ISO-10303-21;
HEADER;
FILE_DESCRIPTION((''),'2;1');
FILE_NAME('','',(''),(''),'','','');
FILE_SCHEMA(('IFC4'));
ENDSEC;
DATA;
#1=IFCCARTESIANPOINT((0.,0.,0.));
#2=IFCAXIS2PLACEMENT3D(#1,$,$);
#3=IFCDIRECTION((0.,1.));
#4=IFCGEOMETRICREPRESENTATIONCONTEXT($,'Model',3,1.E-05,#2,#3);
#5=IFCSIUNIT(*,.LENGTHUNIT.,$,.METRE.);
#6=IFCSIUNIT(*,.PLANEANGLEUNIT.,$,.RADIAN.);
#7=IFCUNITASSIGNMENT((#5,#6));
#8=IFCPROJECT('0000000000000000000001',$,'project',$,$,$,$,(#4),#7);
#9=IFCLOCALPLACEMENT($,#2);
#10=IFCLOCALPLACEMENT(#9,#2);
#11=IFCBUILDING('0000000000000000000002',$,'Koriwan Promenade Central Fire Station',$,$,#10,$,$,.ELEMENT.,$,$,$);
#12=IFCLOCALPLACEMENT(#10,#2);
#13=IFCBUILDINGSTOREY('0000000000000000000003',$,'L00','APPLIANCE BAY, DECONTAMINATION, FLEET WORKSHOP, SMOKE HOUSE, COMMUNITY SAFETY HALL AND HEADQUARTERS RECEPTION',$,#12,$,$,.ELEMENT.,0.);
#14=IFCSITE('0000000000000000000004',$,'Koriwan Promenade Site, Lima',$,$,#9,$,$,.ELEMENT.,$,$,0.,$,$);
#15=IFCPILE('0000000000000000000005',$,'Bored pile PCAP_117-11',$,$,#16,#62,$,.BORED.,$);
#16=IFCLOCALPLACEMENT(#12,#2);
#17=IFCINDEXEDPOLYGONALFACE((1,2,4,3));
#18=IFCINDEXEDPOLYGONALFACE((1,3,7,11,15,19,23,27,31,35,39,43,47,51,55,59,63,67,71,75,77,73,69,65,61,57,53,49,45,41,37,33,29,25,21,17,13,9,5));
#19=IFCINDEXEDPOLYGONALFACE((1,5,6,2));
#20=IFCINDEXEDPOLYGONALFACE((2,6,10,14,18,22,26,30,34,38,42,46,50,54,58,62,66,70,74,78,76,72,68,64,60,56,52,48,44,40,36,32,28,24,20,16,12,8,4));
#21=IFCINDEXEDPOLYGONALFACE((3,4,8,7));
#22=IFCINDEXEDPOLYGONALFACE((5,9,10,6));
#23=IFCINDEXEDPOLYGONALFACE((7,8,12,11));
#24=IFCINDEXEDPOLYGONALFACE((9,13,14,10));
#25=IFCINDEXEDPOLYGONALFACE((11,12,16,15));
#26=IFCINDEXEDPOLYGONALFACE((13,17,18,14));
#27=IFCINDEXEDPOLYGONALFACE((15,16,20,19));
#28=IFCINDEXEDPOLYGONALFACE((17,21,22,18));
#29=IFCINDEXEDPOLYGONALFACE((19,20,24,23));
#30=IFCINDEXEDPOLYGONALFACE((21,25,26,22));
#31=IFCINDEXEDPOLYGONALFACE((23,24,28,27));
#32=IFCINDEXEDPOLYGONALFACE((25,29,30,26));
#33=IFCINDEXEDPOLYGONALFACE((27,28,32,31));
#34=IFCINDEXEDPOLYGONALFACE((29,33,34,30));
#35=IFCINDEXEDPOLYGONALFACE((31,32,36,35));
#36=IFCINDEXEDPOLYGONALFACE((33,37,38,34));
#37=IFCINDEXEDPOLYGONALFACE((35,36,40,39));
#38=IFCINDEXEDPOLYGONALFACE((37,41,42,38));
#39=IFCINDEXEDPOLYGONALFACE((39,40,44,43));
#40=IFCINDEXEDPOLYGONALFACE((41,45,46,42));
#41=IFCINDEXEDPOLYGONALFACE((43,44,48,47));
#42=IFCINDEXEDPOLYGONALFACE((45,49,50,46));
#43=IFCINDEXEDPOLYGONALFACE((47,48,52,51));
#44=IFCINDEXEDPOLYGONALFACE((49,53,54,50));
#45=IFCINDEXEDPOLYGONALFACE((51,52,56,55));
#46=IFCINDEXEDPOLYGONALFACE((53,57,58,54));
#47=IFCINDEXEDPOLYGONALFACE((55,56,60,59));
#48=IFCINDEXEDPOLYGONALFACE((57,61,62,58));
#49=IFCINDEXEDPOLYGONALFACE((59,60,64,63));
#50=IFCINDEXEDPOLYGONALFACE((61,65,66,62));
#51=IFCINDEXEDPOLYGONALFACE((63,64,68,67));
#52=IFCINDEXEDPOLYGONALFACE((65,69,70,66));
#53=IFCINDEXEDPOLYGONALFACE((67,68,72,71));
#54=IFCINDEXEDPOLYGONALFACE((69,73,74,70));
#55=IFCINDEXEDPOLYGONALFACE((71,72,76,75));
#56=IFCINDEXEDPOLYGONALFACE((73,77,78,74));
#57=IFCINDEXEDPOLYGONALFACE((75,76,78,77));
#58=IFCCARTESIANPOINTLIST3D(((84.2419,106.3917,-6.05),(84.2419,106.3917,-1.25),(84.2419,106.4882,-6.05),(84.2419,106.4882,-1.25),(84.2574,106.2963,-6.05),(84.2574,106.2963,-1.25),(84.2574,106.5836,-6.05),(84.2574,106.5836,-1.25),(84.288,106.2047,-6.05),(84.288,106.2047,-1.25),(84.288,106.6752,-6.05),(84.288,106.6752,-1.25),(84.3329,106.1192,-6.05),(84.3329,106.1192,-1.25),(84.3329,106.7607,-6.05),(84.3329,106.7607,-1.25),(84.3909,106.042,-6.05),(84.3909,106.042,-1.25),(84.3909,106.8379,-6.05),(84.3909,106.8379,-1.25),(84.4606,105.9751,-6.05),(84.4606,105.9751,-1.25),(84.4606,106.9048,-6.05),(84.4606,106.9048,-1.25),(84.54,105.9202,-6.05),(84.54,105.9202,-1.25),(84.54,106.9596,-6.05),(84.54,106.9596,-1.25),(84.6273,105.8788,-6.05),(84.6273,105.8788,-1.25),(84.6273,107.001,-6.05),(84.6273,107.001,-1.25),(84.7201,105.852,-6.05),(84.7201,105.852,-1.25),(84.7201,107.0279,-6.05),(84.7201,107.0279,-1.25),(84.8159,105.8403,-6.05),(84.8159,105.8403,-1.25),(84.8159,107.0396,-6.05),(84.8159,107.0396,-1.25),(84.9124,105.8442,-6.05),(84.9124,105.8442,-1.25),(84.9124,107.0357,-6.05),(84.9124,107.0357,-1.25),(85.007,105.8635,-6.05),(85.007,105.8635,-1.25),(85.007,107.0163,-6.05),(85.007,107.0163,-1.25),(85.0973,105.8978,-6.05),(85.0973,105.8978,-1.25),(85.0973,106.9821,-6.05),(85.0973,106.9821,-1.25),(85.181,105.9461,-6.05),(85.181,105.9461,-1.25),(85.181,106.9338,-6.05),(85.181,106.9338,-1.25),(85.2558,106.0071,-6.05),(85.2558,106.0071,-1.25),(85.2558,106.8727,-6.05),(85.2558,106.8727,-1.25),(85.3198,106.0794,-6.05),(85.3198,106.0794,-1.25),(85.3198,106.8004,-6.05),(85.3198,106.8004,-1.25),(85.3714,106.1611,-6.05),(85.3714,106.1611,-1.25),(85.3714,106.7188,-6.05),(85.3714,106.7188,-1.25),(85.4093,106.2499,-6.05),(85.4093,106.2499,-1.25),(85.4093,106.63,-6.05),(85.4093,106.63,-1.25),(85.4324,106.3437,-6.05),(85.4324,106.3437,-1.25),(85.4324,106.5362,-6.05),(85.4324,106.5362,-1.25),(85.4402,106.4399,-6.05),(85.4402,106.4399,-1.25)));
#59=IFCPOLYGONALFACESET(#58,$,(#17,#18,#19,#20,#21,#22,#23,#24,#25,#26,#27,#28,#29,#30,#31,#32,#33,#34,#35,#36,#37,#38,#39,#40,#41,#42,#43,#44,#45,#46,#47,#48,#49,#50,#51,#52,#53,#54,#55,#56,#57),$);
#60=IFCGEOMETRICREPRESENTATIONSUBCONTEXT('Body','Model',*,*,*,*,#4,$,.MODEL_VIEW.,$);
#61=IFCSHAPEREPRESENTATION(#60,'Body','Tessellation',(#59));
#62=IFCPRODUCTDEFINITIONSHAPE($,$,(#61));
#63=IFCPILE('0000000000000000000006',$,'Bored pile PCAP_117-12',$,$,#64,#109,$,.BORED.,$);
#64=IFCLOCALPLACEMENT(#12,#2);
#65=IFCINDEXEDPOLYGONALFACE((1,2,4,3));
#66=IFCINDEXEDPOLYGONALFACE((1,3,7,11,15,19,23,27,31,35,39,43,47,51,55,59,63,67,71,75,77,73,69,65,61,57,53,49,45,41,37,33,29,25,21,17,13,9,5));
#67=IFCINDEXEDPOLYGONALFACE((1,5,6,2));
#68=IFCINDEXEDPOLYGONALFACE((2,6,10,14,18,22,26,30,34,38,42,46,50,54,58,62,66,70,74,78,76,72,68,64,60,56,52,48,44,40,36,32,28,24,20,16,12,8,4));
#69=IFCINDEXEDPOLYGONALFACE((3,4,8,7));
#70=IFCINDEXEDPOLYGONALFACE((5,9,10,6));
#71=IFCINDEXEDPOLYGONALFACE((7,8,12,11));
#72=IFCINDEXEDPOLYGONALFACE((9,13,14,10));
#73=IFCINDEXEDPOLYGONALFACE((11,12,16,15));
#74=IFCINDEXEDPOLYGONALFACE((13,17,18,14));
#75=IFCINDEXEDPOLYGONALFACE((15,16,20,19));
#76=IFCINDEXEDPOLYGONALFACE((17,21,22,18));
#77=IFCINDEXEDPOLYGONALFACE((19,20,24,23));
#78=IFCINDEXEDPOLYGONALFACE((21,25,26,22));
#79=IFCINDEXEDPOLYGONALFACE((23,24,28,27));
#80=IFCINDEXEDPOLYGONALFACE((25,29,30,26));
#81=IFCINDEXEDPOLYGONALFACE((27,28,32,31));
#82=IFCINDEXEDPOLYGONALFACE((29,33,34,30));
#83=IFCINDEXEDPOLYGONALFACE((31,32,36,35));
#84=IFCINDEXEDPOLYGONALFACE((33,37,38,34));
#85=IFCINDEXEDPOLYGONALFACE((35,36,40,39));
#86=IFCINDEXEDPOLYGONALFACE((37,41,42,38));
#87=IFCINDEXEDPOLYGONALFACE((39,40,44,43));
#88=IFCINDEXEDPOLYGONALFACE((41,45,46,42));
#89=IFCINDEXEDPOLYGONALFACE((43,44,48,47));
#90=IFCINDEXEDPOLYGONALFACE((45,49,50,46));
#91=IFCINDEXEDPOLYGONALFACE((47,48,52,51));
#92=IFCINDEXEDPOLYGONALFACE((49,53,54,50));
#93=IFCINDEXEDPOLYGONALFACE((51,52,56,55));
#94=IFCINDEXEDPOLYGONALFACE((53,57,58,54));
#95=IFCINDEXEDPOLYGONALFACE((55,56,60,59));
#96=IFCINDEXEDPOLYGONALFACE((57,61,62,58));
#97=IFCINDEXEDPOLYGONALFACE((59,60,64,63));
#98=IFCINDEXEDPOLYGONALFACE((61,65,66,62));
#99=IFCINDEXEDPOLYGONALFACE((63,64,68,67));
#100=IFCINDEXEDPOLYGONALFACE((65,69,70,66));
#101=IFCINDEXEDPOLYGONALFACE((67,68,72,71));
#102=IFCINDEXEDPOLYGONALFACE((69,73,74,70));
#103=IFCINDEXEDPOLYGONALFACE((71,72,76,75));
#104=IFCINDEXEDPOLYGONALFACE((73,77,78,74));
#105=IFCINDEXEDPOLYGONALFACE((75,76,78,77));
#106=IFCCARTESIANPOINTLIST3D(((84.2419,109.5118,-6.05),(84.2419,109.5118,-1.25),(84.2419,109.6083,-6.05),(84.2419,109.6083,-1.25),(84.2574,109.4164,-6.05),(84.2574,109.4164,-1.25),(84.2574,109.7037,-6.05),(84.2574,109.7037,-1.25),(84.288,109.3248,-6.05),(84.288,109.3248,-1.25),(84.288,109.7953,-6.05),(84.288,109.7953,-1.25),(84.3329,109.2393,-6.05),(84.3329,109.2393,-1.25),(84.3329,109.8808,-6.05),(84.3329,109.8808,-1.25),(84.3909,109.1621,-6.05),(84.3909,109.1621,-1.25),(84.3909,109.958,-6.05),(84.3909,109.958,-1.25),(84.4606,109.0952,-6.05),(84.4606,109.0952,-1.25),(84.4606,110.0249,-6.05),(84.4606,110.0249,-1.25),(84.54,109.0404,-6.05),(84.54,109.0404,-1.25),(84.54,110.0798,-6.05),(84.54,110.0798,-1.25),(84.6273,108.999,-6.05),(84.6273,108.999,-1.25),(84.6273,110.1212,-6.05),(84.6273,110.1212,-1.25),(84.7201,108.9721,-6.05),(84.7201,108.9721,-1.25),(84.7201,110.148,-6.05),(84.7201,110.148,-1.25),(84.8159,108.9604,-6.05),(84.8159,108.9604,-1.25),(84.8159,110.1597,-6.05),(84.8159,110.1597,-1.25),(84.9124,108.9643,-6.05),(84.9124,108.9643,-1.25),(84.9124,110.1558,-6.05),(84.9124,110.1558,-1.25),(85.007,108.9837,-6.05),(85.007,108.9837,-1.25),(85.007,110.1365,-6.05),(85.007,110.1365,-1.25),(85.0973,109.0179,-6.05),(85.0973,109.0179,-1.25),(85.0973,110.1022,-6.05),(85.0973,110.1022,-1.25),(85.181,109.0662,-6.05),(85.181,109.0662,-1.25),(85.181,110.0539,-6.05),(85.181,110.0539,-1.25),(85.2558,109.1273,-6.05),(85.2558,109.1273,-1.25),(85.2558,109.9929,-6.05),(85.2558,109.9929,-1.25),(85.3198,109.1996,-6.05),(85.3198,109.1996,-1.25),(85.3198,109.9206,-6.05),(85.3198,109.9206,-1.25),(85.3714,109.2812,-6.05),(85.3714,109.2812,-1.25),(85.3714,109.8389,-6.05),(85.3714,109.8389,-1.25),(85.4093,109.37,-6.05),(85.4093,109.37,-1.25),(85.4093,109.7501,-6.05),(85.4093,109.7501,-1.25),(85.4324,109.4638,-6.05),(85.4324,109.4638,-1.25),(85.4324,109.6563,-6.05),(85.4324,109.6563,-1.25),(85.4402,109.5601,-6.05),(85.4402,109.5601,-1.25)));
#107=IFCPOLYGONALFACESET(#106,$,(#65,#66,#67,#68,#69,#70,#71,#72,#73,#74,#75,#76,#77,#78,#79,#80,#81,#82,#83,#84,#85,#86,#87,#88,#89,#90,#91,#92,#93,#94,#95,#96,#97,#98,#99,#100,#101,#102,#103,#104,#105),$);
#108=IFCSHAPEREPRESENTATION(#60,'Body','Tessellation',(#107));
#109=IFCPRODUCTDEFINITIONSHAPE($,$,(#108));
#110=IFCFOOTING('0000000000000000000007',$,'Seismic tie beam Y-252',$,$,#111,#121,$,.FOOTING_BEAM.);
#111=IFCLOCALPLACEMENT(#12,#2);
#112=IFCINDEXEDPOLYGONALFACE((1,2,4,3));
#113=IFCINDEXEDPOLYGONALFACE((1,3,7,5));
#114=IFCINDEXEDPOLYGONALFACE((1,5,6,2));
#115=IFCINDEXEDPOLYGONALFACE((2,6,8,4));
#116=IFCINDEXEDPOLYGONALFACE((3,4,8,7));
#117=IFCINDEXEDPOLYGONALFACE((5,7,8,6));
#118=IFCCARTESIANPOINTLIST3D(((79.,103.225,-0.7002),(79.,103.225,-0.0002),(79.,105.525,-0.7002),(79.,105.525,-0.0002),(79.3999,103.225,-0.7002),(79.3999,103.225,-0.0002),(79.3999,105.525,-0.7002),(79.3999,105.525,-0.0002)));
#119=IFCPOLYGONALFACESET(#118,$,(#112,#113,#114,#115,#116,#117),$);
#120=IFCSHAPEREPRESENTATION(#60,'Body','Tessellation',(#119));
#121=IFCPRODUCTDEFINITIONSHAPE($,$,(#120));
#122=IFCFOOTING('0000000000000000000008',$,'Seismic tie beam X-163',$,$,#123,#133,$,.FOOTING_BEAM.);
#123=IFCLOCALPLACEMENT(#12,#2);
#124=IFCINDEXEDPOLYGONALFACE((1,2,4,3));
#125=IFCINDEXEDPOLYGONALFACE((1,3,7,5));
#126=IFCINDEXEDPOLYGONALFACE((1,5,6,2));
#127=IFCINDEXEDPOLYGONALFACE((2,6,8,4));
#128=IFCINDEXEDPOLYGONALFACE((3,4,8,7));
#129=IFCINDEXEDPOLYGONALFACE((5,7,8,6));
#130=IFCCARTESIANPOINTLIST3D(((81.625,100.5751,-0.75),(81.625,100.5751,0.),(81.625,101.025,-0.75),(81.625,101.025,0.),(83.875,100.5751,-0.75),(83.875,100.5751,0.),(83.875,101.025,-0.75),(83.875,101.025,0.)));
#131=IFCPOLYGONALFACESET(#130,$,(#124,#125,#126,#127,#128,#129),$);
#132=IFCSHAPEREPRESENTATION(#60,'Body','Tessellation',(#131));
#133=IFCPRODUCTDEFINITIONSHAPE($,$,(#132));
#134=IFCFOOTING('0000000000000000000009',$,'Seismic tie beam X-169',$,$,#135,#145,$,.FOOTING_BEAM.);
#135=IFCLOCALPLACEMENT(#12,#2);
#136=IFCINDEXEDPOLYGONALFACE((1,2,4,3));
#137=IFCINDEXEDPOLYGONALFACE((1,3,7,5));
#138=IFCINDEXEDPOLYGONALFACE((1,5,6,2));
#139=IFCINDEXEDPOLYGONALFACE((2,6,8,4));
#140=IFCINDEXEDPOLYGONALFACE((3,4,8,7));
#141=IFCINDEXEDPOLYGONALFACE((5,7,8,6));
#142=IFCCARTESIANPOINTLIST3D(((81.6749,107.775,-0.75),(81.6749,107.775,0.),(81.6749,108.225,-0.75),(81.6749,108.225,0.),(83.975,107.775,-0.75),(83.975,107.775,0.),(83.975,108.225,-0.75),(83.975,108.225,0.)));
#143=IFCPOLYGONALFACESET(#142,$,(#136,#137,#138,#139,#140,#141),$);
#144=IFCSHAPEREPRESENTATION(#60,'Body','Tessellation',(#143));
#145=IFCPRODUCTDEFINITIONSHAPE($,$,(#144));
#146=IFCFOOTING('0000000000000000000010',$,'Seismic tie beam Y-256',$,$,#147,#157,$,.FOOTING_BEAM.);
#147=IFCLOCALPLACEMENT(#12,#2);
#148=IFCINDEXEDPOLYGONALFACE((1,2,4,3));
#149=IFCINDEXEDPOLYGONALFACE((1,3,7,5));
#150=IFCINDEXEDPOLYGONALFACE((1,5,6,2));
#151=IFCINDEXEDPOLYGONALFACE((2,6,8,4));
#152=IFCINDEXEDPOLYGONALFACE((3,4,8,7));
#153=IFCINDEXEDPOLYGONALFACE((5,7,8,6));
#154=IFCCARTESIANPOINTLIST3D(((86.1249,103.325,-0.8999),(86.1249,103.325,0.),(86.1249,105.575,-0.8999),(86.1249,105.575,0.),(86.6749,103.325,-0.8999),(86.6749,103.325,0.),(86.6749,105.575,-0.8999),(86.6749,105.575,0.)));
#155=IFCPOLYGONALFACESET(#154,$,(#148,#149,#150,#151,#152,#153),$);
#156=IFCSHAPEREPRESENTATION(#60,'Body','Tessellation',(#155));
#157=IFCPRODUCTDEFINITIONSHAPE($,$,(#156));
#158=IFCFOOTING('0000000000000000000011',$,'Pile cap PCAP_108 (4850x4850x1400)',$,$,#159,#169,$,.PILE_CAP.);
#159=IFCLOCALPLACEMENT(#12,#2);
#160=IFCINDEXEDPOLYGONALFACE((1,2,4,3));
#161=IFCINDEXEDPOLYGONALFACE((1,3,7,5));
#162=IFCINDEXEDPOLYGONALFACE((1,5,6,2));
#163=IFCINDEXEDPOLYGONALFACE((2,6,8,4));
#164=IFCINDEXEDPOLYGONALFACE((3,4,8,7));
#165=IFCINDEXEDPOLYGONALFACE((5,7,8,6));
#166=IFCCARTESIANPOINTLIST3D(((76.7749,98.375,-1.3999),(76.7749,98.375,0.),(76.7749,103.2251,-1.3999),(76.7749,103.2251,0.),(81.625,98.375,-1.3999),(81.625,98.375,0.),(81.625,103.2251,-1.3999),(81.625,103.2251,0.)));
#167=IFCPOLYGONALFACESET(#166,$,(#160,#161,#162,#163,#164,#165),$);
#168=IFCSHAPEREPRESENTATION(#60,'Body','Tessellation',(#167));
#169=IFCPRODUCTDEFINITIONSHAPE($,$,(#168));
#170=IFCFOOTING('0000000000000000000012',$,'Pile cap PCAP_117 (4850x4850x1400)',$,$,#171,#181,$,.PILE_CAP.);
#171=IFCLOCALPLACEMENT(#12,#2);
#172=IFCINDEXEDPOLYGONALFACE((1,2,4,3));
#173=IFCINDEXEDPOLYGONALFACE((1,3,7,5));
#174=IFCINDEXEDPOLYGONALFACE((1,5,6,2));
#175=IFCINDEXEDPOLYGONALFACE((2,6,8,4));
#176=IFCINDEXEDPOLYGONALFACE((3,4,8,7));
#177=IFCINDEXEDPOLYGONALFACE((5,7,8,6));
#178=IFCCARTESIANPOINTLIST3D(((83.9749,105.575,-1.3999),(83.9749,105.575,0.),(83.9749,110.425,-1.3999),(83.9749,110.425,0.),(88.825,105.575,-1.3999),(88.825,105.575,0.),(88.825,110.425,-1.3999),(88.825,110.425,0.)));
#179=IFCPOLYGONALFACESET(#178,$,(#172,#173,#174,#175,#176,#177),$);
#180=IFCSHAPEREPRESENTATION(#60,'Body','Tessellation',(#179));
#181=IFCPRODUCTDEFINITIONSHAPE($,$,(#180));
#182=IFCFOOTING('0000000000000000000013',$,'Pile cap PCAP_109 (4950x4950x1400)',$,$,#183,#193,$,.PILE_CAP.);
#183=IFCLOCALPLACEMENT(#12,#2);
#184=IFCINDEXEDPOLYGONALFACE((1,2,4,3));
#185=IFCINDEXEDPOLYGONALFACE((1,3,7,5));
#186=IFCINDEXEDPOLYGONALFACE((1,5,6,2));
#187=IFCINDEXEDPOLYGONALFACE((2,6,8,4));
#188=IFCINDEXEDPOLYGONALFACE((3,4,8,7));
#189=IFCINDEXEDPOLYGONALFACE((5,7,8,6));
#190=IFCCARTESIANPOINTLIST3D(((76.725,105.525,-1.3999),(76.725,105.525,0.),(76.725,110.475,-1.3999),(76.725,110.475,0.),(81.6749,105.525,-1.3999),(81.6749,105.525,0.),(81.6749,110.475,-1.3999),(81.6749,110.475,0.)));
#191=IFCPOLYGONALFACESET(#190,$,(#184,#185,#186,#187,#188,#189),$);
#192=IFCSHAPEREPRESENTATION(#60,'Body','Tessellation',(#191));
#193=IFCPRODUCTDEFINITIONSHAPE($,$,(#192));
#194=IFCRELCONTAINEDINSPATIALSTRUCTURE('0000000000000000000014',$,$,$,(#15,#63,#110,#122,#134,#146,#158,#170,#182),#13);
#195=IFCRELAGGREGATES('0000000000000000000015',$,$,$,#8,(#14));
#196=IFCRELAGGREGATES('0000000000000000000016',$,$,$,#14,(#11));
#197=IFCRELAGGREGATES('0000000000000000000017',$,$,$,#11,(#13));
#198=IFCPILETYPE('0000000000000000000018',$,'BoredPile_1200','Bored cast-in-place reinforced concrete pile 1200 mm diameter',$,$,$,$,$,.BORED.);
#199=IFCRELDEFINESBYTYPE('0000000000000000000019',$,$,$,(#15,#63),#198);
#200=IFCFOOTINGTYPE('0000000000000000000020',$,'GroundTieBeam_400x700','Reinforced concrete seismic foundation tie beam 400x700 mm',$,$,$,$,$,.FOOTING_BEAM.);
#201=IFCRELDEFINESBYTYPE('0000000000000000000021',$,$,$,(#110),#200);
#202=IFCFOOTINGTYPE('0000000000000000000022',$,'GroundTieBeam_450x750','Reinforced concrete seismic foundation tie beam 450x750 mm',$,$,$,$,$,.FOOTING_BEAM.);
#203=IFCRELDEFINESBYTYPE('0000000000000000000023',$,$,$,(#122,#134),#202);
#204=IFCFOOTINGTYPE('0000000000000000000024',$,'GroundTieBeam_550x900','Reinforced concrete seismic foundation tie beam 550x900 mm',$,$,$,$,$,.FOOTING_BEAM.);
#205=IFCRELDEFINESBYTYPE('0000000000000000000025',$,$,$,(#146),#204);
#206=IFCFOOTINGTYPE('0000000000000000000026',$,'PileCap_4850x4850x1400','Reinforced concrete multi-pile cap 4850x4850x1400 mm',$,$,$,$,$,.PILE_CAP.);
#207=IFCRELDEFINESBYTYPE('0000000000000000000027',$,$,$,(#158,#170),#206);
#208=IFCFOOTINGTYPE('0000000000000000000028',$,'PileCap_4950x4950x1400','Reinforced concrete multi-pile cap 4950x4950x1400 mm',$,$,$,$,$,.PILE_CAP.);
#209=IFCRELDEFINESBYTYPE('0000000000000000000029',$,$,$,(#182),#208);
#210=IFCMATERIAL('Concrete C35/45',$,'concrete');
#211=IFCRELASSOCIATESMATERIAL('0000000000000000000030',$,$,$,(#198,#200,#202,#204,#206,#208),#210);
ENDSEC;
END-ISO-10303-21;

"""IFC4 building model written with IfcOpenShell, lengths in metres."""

from ifc_helpers import new_model, si_unit, direction, frame, origin, origin_2d, place, context, subcontext, project, spatial, rectangle, circle, extrude, material, material_profile, profile_set, type_object, element, save


model = new_model("IFC4")

# Units and contexts
model_context = context("Model", 3, precision=1e-05, world=origin(), true_north=direction((0.0, 1.0)))
body_context = subcontext(model_context, "Body", "Model", "MODEL_VIEW")
ifc_project = project(units=[si_unit("LENGTHUNIT", "METRE"), si_unit("PLANEANGLEUNIT", "RADIAN")], contexts=[model_context])

# Site, building, storey
site_placement = place(None, origin())
site = spatial("IfcSite", under=ifc_project, at=site_placement, Name="Koriwan Promenade Site, Lima", CompositionType="ELEMENT", RefElevation=0.0)
building_placement = place(site_placement, origin())
building = spatial("IfcBuilding", under=site, at=building_placement, Name="Koriwan Promenade Central Fire Station", CompositionType="ELEMENT")
storey_placement = place(building_placement, origin())
storey = spatial("IfcBuildingStorey", under=building, at=storey_placement, Name="L00", Description="APPLIANCE BAY, DECONTAMINATION, FLEET WORKSHOP, SMOKE HOUSE, COMMUNITY SAFETY HALL AND HEADQUARTERS RECEPTION", CompositionType="ELEMENT", Elevation=0.0)

# Piles
ifc_material_1 = material(Name="Concrete C35/45", Category="concrete")
ifc_material_profile_1 = material_profile(ifc_material_1, circle(Radius=0.6001, at=origin_2d()), Name="PILE-D1200")
ifc_profile_set_1 = profile_set([ifc_material_profile_1], Name="Concrete C35/45")
pile_type = type_object("IfcPileType", Name="BoredPile_1200", Description="Bored cast-in-place reinforced concrete pile 1200 mm diameter", PredefinedType="BORED", material=ifc_profile_set_1)
for number, where, z_axis, x_axis, name in (
    (1, (84.8401, 106.4399, -1.25), (0.0, 0.0, -1.0), (1.0, 0.0, 0.0), "Bored pile PCAP_117-11"),
    (2, (84.8401, 109.5601, -1.25), (0.0, 0.0, -1.0), (1.0, 0.0, 0.0), "Bored pile PCAP_117-12"),
):
    element("IfcPile", number, at=place(storey_placement, frame(where, z_axis=z_axis, x_axis=x_axis)), inside=storey, type_object=pile_type, Name=name, PredefinedType="BORED", context=body_context, shape_type="SweptSolid", body=[
        extrude(circle(Radius=0.6001, at=origin_2d()), origin(), (0.0, 0.0, 1.0), 4.8),
    ])

# Footings
footing_type_1 = type_object("IfcFootingType", Name="GroundTieBeam_400x700", Description="Reinforced concrete seismic foundation tie beam 400x700 mm", PredefinedType="FOOTING_BEAM", material=ifc_material_1)
footing_1_placement = place(storey_placement, frame((79.2, 104.375, -0.7002), z_axis=(0.0, 0.0, 1.0), x_axis=(0.0, 1.0, 0.0)))
element("IfcFooting", 3, at=footing_1_placement, inside=storey, type_object=footing_type_1, Name="Seismic tie beam Y-252", PredefinedType="FOOTING_BEAM", context=body_context, shape_type="SweptSolid", body=[
    extrude(rectangle(XDim=2.3, YDim=0.3999, at=origin_2d()), origin(), (0.0, 0.0, 1.0), 0.7),
])
footing_type_2 = type_object("IfcFootingType", Name="GroundTieBeam_450x750", Description="Reinforced concrete seismic foundation tie beam 450x750 mm", PredefinedType="FOOTING_BEAM", material=ifc_material_1)
footing_2_placement = place(storey_placement, frame((82.75, 100.8, -0.75), z_axis=(0.0, 0.0, 1.0), x_axis=(1.0, 0.0, 0.0)))
element("IfcFooting", 4, at=footing_2_placement, inside=storey, type_object=footing_type_2, Name="Seismic tie beam X-163", PredefinedType="FOOTING_BEAM", context=body_context, shape_type="SweptSolid", body=[
    extrude(rectangle(XDim=2.25, YDim=0.45, at=origin_2d()), origin(), (0.0, 0.0, 1.0), 0.75),
])
footing_3_placement = place(storey_placement, frame((82.825, 108.0, -0.75), z_axis=(0.0, 0.0, 1.0), x_axis=(1.0, 0.0, 0.0)))
element("IfcFooting", 5, at=footing_3_placement, inside=storey, type_object=footing_type_2, Name="Seismic tie beam X-169", PredefinedType="FOOTING_BEAM", context=body_context, shape_type="SweptSolid", body=[
    extrude(rectangle(XDim=2.3, YDim=0.45, at=origin_2d()), origin(), (0.0, 0.0, 1.0), 0.75),
])
footing_type_3 = type_object("IfcFootingType", Name="GroundTieBeam_550x900", Description="Reinforced concrete seismic foundation tie beam 550x900 mm", PredefinedType="FOOTING_BEAM", material=ifc_material_1)
footing_4_placement = place(storey_placement, frame((86.3999, 104.45, -0.8999), z_axis=(0.0, 0.0, 1.0), x_axis=(0.0, 1.0, 0.0)))
element("IfcFooting", 6, at=footing_4_placement, inside=storey, type_object=footing_type_3, Name="Seismic tie beam Y-256", PredefinedType="FOOTING_BEAM", context=body_context, shape_type="SweptSolid", body=[
    extrude(rectangle(XDim=2.25, YDim=0.55, at=origin_2d()), origin(), (0.0, 0.0, 1.0), 0.8999),
])
footing_type_4 = type_object("IfcFootingType", Name="PileCap_4850x4850x1400", Description="Reinforced concrete multi-pile cap 4850x4850x1400 mm", PredefinedType="PILE_CAP", material=ifc_material_1)
for number, where, z_axis, x_axis, name in (
    (7, (79.2, 100.8, -1.3999), (0.0, 0.0, 1.0), (1.0, 0.0, 0.0), "Pile cap PCAP_108 (4850x4850x1400)"),
    (8, (86.3999, 108.0, -1.3999), (0.0, 0.0, 1.0), (1.0, 0.0, 0.0), "Pile cap PCAP_117 (4850x4850x1400)"),
):
    element("IfcFooting", number, at=place(storey_placement, frame(where, z_axis=z_axis, x_axis=x_axis)), inside=storey, type_object=footing_type_4, Name=name, PredefinedType="PILE_CAP", context=body_context, shape_type="SweptSolid", body=[
        extrude(rectangle(XDim=4.8501, YDim=4.8501, at=origin_2d()), origin(), (0.0, 0.0, 1.0), 1.3999),
    ])
footing_type_5 = type_object("IfcFootingType", Name="PileCap_4950x4950x1400", Description="Reinforced concrete multi-pile cap 4950x4950x1400 mm", PredefinedType="PILE_CAP", material=ifc_material_1)
footing_5_placement = place(storey_placement, frame((79.2, 108.0, -1.3999), z_axis=(0.0, 0.0, 1.0), x_axis=(1.0, 0.0, 0.0)))
element("IfcFooting", 9, at=footing_5_placement, inside=storey, type_object=footing_type_5, Name="Pile cap PCAP_109 (4950x4950x1400)", PredefinedType="PILE_CAP", context=body_context, shape_type="SweptSolid", body=[
    extrude(rectangle(XDim=4.95, YDim=4.95, at=origin_2d()), origin(), (0.0, 0.0, 1.0), 1.3999),
])

save(model, "model.ifc")
